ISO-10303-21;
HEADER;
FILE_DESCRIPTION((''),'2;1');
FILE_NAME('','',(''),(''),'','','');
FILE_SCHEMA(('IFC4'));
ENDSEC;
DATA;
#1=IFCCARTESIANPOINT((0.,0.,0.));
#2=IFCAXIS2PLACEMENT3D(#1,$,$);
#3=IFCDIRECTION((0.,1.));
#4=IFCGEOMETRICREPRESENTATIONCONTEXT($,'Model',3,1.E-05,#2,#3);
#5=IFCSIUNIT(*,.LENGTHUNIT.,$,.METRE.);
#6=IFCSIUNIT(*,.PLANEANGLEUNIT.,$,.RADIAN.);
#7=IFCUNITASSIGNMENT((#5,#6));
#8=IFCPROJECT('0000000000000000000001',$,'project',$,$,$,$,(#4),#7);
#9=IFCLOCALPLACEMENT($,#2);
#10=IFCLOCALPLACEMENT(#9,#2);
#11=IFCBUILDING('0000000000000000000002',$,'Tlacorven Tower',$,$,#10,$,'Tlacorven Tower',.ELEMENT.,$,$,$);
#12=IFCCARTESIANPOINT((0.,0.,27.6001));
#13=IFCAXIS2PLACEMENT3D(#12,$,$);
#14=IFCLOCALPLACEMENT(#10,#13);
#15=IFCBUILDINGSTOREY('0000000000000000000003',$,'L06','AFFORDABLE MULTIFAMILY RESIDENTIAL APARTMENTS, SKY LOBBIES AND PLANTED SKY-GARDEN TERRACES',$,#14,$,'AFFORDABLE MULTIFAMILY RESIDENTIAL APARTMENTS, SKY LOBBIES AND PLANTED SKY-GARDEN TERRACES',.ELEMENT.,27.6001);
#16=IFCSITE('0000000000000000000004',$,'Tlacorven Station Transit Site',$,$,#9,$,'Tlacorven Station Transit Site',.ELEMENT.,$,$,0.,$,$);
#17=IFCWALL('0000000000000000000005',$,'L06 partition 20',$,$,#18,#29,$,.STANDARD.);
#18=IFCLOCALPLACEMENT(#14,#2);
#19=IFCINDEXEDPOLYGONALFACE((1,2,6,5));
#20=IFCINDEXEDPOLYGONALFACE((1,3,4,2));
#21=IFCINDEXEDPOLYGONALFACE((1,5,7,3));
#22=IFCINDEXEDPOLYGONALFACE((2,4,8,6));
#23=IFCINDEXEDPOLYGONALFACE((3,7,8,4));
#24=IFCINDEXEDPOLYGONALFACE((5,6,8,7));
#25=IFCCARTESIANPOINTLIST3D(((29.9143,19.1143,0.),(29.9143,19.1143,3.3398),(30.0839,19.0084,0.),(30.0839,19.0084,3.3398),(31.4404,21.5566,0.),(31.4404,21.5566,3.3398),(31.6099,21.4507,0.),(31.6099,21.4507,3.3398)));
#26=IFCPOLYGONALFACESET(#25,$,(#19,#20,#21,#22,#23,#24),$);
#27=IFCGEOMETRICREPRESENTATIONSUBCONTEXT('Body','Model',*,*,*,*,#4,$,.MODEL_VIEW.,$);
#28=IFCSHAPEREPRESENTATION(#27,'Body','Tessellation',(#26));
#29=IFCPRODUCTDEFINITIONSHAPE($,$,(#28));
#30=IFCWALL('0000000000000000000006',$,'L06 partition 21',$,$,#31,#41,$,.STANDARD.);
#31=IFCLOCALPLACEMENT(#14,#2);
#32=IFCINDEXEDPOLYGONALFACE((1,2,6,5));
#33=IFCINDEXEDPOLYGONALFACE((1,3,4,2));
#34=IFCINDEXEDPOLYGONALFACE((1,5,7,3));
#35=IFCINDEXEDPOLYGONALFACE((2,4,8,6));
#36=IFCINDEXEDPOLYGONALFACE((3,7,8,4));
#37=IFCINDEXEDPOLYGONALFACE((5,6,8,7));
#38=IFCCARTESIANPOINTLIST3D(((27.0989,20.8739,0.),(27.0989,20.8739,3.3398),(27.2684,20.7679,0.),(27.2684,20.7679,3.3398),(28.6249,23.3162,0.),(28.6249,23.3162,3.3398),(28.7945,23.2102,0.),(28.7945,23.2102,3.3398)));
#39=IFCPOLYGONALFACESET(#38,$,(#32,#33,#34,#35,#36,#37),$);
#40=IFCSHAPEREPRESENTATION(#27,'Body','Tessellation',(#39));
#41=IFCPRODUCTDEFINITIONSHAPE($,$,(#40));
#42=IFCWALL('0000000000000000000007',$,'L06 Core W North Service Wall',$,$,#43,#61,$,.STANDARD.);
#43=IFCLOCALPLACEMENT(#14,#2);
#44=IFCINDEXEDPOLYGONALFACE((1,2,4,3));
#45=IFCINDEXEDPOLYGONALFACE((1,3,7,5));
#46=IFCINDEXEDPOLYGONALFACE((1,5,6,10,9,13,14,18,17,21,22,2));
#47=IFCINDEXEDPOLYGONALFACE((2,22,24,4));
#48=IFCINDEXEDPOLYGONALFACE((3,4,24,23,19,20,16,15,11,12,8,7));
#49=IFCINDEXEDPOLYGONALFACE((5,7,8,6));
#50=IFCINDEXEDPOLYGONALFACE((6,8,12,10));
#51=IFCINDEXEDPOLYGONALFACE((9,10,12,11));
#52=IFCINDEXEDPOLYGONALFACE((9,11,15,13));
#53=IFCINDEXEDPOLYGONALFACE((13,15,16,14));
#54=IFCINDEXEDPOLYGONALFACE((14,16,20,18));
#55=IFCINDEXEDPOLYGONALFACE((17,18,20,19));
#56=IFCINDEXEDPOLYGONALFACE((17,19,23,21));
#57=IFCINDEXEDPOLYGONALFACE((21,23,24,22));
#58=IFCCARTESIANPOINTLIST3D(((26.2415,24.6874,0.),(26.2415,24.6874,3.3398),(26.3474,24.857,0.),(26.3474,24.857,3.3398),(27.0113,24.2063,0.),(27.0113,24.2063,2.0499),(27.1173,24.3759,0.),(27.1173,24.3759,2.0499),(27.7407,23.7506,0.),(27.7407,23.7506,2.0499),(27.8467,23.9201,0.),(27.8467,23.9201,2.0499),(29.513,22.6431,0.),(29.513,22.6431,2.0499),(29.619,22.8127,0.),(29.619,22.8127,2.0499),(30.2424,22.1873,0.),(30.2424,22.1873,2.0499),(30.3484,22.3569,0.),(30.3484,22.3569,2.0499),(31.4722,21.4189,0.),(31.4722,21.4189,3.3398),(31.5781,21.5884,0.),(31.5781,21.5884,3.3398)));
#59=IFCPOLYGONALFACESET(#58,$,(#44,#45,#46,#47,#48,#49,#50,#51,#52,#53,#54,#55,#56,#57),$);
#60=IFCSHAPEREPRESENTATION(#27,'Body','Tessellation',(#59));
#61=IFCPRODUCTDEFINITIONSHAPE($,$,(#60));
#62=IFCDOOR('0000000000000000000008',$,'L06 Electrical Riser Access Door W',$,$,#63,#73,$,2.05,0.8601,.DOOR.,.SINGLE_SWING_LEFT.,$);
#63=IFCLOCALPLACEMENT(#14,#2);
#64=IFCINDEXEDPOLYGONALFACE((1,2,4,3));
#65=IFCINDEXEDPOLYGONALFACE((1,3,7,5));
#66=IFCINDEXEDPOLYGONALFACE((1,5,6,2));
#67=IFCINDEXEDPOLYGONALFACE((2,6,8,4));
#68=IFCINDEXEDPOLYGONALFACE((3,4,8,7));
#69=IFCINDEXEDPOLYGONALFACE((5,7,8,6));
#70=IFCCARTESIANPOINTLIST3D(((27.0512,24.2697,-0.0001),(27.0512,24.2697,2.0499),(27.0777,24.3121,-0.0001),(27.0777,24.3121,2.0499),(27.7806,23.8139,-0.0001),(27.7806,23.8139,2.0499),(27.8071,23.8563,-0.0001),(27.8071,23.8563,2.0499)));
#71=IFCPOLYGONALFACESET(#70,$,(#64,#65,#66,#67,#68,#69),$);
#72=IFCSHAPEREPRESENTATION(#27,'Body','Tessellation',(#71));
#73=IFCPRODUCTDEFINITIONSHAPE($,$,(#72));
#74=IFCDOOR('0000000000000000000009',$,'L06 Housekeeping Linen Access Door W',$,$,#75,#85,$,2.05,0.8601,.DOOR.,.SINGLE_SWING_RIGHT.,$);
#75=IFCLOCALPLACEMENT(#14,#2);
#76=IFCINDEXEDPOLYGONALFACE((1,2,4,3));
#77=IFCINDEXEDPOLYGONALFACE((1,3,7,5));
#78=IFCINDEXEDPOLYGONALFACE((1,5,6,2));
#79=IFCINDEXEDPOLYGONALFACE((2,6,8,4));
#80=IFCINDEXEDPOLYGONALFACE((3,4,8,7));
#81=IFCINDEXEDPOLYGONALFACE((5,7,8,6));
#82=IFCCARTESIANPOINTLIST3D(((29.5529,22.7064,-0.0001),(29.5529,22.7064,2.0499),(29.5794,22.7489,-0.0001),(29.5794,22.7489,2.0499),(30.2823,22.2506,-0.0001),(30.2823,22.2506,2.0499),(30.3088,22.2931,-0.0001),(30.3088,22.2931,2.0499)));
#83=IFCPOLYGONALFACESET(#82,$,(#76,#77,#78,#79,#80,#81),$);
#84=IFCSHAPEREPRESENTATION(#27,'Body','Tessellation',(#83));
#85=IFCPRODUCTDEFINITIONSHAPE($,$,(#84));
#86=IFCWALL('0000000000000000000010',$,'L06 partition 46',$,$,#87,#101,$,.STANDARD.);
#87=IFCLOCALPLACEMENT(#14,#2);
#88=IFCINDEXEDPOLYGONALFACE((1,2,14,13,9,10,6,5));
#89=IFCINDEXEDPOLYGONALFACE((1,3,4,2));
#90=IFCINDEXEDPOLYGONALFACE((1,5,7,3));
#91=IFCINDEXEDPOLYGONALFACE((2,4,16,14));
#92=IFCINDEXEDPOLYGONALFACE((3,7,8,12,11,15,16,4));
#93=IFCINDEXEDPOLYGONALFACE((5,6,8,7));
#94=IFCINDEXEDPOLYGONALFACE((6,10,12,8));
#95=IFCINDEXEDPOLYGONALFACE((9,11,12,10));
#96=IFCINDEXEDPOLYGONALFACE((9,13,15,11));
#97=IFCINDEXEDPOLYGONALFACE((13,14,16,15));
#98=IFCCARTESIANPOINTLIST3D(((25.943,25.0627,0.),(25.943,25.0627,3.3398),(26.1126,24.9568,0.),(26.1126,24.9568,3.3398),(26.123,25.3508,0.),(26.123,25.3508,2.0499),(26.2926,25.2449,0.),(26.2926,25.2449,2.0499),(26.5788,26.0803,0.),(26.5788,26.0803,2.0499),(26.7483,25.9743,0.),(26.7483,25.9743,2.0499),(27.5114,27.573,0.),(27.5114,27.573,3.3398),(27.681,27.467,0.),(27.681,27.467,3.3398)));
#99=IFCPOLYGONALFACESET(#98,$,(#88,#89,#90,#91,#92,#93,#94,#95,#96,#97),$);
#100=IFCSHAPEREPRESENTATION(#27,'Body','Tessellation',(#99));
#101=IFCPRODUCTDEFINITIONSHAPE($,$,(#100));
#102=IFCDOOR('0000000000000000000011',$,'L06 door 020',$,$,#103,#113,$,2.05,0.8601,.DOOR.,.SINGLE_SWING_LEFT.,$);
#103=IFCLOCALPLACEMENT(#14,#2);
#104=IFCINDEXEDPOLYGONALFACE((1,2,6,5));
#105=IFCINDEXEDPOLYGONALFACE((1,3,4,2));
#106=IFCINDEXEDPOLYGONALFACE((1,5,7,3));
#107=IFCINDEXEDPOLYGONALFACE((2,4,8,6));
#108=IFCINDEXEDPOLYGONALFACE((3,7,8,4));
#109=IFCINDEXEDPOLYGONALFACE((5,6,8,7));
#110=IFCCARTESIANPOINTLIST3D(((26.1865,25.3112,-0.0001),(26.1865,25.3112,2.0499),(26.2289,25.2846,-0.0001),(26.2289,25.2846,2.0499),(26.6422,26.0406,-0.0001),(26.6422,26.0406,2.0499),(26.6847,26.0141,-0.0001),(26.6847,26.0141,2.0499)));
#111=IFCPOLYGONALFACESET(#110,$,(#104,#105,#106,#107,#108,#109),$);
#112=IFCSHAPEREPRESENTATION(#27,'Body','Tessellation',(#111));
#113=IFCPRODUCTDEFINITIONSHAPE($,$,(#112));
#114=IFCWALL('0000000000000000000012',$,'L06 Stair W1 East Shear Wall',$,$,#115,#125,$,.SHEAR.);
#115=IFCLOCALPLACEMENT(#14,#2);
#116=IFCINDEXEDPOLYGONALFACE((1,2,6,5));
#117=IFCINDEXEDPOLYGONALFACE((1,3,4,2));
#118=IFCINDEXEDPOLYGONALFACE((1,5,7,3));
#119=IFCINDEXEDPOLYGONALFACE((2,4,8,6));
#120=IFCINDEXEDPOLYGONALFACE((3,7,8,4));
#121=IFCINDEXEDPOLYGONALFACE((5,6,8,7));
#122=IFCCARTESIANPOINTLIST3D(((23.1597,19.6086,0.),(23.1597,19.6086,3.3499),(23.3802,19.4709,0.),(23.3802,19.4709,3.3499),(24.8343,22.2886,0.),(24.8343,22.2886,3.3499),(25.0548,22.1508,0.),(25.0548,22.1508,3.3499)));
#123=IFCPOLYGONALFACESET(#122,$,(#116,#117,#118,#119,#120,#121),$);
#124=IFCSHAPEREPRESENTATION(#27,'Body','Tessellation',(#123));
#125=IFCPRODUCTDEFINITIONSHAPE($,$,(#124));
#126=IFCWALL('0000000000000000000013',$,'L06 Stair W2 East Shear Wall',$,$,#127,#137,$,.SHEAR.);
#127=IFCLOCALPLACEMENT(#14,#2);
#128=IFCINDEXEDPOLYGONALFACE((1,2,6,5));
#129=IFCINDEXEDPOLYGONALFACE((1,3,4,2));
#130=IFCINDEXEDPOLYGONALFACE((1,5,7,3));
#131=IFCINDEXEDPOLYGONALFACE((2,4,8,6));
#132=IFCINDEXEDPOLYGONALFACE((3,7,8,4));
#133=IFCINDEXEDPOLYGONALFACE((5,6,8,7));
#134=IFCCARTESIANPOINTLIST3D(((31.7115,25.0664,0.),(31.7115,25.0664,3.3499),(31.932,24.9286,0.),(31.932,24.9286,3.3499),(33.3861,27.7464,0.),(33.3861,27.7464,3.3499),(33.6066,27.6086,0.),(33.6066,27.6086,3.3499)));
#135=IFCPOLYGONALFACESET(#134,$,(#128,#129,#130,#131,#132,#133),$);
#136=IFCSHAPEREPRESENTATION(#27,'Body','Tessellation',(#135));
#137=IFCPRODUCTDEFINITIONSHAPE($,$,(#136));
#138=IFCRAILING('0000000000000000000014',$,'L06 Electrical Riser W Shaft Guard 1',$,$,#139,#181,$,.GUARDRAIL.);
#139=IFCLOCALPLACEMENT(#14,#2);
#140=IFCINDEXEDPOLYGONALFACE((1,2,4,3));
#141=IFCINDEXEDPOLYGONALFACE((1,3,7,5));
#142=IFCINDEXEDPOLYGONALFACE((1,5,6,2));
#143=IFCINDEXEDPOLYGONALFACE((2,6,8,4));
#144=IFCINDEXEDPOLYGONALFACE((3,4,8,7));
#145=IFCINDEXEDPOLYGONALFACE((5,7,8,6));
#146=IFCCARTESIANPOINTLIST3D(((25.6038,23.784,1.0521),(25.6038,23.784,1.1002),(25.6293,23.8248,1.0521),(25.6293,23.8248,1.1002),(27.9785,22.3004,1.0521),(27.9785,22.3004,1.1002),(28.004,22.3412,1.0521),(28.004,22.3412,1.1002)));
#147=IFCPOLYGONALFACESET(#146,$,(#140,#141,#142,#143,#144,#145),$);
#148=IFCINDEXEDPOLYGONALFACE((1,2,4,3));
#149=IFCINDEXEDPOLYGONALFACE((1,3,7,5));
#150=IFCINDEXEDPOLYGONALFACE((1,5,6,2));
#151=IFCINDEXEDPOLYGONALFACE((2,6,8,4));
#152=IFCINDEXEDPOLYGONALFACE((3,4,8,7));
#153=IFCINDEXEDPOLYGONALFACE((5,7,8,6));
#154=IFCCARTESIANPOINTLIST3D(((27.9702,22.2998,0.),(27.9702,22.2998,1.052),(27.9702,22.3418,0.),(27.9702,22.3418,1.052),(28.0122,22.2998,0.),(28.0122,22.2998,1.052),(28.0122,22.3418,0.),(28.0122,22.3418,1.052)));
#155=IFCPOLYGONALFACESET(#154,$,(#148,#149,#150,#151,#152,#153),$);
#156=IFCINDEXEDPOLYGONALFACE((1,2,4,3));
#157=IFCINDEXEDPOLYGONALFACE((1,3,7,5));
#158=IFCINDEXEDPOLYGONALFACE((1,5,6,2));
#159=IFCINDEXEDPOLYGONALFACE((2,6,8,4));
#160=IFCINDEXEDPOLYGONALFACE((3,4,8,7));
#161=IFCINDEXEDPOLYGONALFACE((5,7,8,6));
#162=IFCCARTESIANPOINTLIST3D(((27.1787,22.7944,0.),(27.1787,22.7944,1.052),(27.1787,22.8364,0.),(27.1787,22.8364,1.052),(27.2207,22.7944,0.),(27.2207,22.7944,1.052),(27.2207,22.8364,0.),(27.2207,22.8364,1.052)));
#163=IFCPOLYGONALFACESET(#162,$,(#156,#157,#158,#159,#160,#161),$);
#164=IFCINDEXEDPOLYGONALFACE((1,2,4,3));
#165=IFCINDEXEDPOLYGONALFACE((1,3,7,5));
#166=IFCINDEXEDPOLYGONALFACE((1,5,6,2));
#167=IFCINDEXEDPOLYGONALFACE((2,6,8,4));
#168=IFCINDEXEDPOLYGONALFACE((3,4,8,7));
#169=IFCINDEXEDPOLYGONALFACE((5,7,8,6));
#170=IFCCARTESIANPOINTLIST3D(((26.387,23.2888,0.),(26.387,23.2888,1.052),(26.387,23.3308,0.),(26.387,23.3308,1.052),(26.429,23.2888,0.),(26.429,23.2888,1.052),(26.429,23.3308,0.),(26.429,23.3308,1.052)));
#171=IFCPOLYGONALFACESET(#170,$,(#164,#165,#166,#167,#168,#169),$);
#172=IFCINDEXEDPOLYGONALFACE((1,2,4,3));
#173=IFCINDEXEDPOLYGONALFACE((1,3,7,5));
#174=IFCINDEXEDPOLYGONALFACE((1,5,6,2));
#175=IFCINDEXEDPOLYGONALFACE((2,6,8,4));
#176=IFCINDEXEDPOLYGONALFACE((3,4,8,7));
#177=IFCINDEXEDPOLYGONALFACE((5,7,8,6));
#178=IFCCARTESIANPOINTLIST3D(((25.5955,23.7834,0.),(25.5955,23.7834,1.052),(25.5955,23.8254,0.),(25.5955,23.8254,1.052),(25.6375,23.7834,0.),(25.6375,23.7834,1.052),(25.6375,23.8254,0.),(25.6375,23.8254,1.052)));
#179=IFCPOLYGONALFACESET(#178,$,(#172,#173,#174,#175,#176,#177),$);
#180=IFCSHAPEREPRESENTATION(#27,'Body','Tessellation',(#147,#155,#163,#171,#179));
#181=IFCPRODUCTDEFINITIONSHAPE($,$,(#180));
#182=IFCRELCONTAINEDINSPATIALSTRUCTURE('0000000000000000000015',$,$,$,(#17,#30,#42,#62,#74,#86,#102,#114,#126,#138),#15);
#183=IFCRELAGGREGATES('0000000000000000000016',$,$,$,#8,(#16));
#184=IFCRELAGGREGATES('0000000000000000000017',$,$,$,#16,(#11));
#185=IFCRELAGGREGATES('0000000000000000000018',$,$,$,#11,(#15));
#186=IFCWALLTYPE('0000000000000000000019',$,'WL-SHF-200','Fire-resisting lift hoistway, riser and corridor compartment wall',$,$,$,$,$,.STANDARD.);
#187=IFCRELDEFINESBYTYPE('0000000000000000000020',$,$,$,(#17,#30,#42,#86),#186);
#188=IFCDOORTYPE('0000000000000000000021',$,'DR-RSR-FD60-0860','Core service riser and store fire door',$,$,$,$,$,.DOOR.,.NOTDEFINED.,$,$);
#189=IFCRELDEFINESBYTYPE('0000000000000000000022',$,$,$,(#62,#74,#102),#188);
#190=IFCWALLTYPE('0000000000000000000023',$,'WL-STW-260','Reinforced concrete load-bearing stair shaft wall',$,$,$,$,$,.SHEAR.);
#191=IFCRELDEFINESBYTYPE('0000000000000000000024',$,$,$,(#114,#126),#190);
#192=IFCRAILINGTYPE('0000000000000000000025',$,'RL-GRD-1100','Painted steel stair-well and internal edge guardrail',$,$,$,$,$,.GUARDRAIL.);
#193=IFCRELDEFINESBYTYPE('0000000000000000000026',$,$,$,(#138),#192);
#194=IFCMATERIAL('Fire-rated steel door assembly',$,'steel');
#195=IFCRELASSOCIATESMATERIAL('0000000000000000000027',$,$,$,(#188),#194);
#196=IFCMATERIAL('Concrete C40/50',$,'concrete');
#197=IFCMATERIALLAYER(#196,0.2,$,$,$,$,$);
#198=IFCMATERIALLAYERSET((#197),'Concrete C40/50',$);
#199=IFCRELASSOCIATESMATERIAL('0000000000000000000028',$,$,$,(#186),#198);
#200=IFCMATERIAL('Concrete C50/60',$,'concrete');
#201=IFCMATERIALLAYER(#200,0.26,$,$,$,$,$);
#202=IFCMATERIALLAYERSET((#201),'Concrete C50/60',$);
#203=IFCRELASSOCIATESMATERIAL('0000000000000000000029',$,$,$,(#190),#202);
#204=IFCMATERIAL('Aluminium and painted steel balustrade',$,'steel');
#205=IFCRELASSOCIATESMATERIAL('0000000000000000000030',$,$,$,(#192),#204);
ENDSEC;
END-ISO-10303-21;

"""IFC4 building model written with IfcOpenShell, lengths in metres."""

from ifc_helpers import new_model, si_unit, direction, frame, frame_2d, origin, origin_2d, place, context, subcontext, project, spatial, rectangle, extrude, source, transform, mapped, material, layer, layer_set, type_object, element, fill, save


model = new_model("IFC4")

# Units and contexts
model_context = context("Model", 3, precision=1e-05, world=origin(), true_north=direction((0.0, 1.0)))
body_context = subcontext(model_context, "Body", "Model", "MODEL_VIEW")
ifc_project = project(units=[si_unit("LENGTHUNIT", "METRE"), si_unit("PLANEANGLEUNIT", "RADIAN")], contexts=[model_context])

# Site, building, storey
site_placement = place(None, origin())
site = spatial("IfcSite", under=ifc_project, at=site_placement, Name="Tlacorven Station Transit Site", LongName="Tlacorven Station Transit Site", CompositionType="ELEMENT", RefElevation=0.0)
building_placement = place(site_placement, origin())
building = spatial("IfcBuilding", under=site, at=building_placement, Name="Tlacorven Tower", LongName="Tlacorven Tower", CompositionType="ELEMENT")
storey_placement = place(building_placement, frame((0.0, 0.0, 27.6001)))
storey = spatial("IfcBuildingStorey", under=building, at=storey_placement, Name="L06", Description="AFFORDABLE MULTIFAMILY RESIDENTIAL APARTMENTS, SKY LOBBIES AND PLANTED SKY-GARDEN TERRACES", LongName="AFFORDABLE MULTIFAMILY RESIDENTIAL APARTMENTS, SKY LOBBIES AND PLANTED SKY-GARDEN TERRACES", CompositionType="ELEMENT", Elevation=27.6001)

# Shared definitions
ifc_material_1 = material(Name="Fire-rated steel door assembly", Category="steel")
door_type_1 = type_object("IfcDoorType", Name="DR-RSR-FD60-0860", Description="Core service riser and store fire door", OperationType="NOTDEFINED", PredefinedType="DOOR", material=ifc_material_1)
shared_shape_1 = source(origin(), body_context, "Body", "SweptSolid", [
    extrude(rectangle(XDim=0.8601, YDim=2.05, at=frame_2d((0.4302, 1.0249))), frame((0.0, 0.0249, 0.0), z_axis=(0.0, -1.0, 0.0), x_axis=(1.0, 0.0, 0.0)), (0.0, 0.0, 1.0), 0.05),
])

# Walls
ifc_material_2 = material(Name="Concrete C40/50", Category="concrete")
ifc_layer_1 = layer(ifc_material_2, 0.2)
ifc_layer_set_1 = layer_set([ifc_layer_1], Name="Concrete C40/50")
wall_type_1 = type_object("IfcWallType", Name="WL-SHF-200", Description="Fire-resisting lift hoistway, riser and corridor compartment wall", PredefinedType="STANDARD", material=ifc_layer_set_1)
for number, where, z_axis, x_axis, name in (
    (1, (31.5251, 21.5037, 0.0), (0.0, 0.0, 1.0), (-0.529907, -0.848055, 0.0), "L06 partition 20"),
    (2, (28.7097, 23.2632, 0.0), (0.0, 0.0, 1.0), (-0.529907, -0.848055, 0.0), "L06 partition 21"),
):
    element("IfcWall", number, at=place(storey_placement, frame(where, z_axis=z_axis, x_axis=x_axis)), inside=storey, type_object=wall_type_1, Name=name, PredefinedType="STANDARD", context=body_context, shape_type="SweptSolid", body=[
        extrude(rectangle(XDim=2.8799, YDim=0.2, at=frame_2d((1.4399, 0.0))), origin(), (0.0, 0.0, 1.0), 3.3398),
    ])

# Wall, openings, doors
wall_1_placement = place(storey_placement, frame((31.5251, 21.5037, 0.0), z_axis=(0.0, 0.0, 1.0), x_axis=(-0.848045, 0.529924, 0.0)))
wall_1 = element("IfcWall", 3, at=wall_1_placement, inside=storey, type_object=wall_type_1, Name="L06 Core W North Service Wall", PredefinedType="STANDARD", context=body_context, shape_type="SweptSolid", body=[
    extrude(rectangle(XDim=6.168, YDim=0.2, at=frame_2d((3.084, 0.0))), origin(), (0.0, 0.0, 1.0), 3.3398),
])
opening_1_placement = place(wall_1_placement, frame((4.3999, 0.0, 0.0)))
opening_1 = element("IfcOpeningElement", 4, at=opening_1_placement, cuts=wall_1, PredefinedType="OPENING", context=body_context, shape_type="SweptSolid", body=[
    extrude(rectangle(XDim=0.8601, YDim=2.05, at=frame_2d((0.4302, 1.0249))), frame((0.0, 0.1099, 0.0), z_axis=(0.0, -1.0, 0.0), x_axis=(1.0, 0.0, 0.0)), (0.0, 0.0, 1.0), 0.22),
])
opening_2_placement = place(wall_1_placement, frame((1.45, 0.0, 0.0)))
opening_2 = element("IfcOpeningElement", 5, at=opening_2_placement, cuts=wall_1, PredefinedType="OPENING", context=body_context, shape_type="SweptSolid", body=[
    extrude(rectangle(XDim=0.8601, YDim=2.05, at=frame_2d((0.4302, 1.0249))), frame((0.0, 0.1099, 0.0), z_axis=(0.0, -1.0, 0.0), x_axis=(1.0, 0.0, 0.0)), (0.0, 0.0, 1.0), 0.22),
])
door_1_placement = place(opening_1_placement, frame((0.8601, 0.0, 0.0), z_axis=(0.0, 0.0, 1.0), x_axis=(-1.0, 0.0, 0.0)))
door_1 = element("IfcDoor", 6, at=door_1_placement, inside=storey, type_object=door_type_1, Name="L06 Electrical Riser Access Door W", OperationType="SINGLE_SWING_LEFT", OverallHeight=2.05, OverallWidth=0.8601, PredefinedType="DOOR", context=body_context, shape_type="MappedRepresentation", body=[
    mapped(shared_shape_1, transform((0.0, 0.0, 0.0), scale=1.0)),
])
fill(opening_1, door_1)
door_2_placement = place(opening_2_placement, frame((0.8601, 0.0, 0.0), z_axis=(0.0, 0.0, 1.0), x_axis=(-1.0, 0.0, 0.0)))
door_2 = element("IfcDoor", 7, at=door_2_placement, inside=storey, type_object=door_type_1, Name="L06 Housekeeping Linen Access Door W", OperationType="SINGLE_SWING_RIGHT", OverallHeight=2.05, OverallWidth=0.8601, PredefinedType="DOOR", context=body_context, shape_type="MappedRepresentation", body=[
    mapped(shared_shape_1, transform((0.0, 0.0, 0.0), scale=1.0)),
])
fill(opening_2, door_2)

# Wall, opening, door
wall_2_placement = place(storey_placement, frame((27.5962, 27.52, 0.0), z_axis=(0.0, 0.0, 1.0), x_axis=(-0.529865, -0.848082, 0.0)))
wall_2 = element("IfcWall", 8, at=wall_2_placement, inside=storey, type_object=wall_type_1, Name="L06 partition 46", PredefinedType="STANDARD", context=body_context, shape_type="SweptSolid", body=[
    extrude(rectangle(XDim=2.96, YDim=0.2, at=frame_2d((1.48, 0.0))), origin(), (0.0, 0.0, 1.0), 3.3398),
])
opening_3_placement = place(wall_2_placement, frame((1.76, 0.0, 0.0)))
opening_3 = element("IfcOpeningElement", 9, at=opening_3_placement, cuts=wall_2, PredefinedType="OPENING", context=body_context, shape_type="SweptSolid", body=[
    extrude(rectangle(XDim=0.8601, YDim=2.05, at=frame_2d((0.4302, 1.0249))), frame((0.0, 0.1099, 0.0), z_axis=(0.0, -1.0, 0.0), x_axis=(1.0, 0.0, 0.0)), (0.0, 0.0, 1.0), 0.22),
])
door_3_placement = place(opening_3_placement, origin())
door_3 = element("IfcDoor", 10, at=door_3_placement, inside=storey, type_object=door_type_1, Name="L06 door 020", OperationType="SINGLE_SWING_LEFT", OverallHeight=2.05, OverallWidth=0.8601, PredefinedType="DOOR", context=body_context, shape_type="MappedRepresentation", body=[
    mapped(shared_shape_1, transform((0.0, 0.0, 0.0), scale=1.0)),
])
fill(opening_3, door_3)

# Walls
ifc_material_3 = material(Name="Concrete C50/60", Category="concrete")
ifc_layer_2 = layer(ifc_material_3, 0.26)
ifc_layer_set_2 = layer_set([ifc_layer_2], Name="Concrete C50/60")
wall_type_2 = type_object("IfcWallType", Name="WL-STW-260", Description="Reinforced concrete load-bearing stair shaft wall", PredefinedType="SHEAR", material=ifc_layer_set_2)
for number, where, z_axis, x_axis, name in (
    (11, (24.9446, 22.2197, 0.0), (0.0, 0.0, 1.0), (-0.529909, -0.848055, 0.0), "L06 Stair W1 East Shear Wall"),
    (12, (33.4963, 27.6775, 0.0), (0.0, 0.0, 1.0), (-0.529909, -0.848055, 0.0), "L06 Stair W2 East Shear Wall"),
):
    element("IfcWall", number, at=place(storey_placement, frame(where, z_axis=z_axis, x_axis=x_axis)), inside=storey, type_object=wall_type_2, Name=name, PredefinedType="SHEAR", context=body_context, shape_type="SweptSolid", body=[
        extrude(rectangle(XDim=3.1602, YDim=0.26, at=frame_2d((1.5801, 0.0))), origin(), (0.0, 0.0, 1.0), 3.3499),
    ])

# Railing
ifc_material_4 = material(Name="Aluminium and painted steel balustrade", Category="steel")
railing_type_1 = type_object("IfcRailingType", Name="RL-GRD-1100", Description="Painted steel stair-well and internal edge guardrail", PredefinedType="GUARDRAIL", material=ifc_material_4)
shared_shape_2 = source(origin(), body_context, "Body", "SweptSolid", [
    extrude(rectangle(XDim=0.0481, YDim=0.0481, at=origin_2d()), frame((0.0, 0.0, 1.0762), z_axis=(-0.848091, 0.52985, 0.0), x_axis=(-0.52985, -0.848091, 0.0)), (0.0, 0.0, 1.0), 2.8),
    extrude(rectangle(XDim=0.042, YDim=0.042, at=origin_2d()), origin(), (0.0, 0.0, 1.0), 1.052),
    extrude(rectangle(XDim=0.042, YDim=0.042, at=origin_2d()), frame((-0.7915, 0.4946, 0.0)), (0.0, 0.0, 1.0), 1.052),
    extrude(rectangle(XDim=0.042, YDim=0.042, at=origin_2d()), frame((-1.5833, 0.989, 0.0)), (0.0, 0.0, 1.0), 1.052),
    extrude(rectangle(XDim=0.042, YDim=0.042, at=origin_2d()), frame((-2.3748, 1.4836, 0.0)), (0.0, 0.0, 1.0), 1.052),
])
railing_1_placement = place(storey_placement, frame((27.9912, 22.3208, 0.0)))
element("IfcRailing", 13, at=railing_1_placement, inside=storey, type_object=railing_type_1, Name="L06 Electrical Riser W Shaft Guard 1", PredefinedType="GUARDRAIL", context=body_context, shape_type="MappedRepresentation", body=[
    mapped(shared_shape_2, transform((0.0, 0.0, 0.0), scale=1.0)),
])

save(model, "model.ifc")
